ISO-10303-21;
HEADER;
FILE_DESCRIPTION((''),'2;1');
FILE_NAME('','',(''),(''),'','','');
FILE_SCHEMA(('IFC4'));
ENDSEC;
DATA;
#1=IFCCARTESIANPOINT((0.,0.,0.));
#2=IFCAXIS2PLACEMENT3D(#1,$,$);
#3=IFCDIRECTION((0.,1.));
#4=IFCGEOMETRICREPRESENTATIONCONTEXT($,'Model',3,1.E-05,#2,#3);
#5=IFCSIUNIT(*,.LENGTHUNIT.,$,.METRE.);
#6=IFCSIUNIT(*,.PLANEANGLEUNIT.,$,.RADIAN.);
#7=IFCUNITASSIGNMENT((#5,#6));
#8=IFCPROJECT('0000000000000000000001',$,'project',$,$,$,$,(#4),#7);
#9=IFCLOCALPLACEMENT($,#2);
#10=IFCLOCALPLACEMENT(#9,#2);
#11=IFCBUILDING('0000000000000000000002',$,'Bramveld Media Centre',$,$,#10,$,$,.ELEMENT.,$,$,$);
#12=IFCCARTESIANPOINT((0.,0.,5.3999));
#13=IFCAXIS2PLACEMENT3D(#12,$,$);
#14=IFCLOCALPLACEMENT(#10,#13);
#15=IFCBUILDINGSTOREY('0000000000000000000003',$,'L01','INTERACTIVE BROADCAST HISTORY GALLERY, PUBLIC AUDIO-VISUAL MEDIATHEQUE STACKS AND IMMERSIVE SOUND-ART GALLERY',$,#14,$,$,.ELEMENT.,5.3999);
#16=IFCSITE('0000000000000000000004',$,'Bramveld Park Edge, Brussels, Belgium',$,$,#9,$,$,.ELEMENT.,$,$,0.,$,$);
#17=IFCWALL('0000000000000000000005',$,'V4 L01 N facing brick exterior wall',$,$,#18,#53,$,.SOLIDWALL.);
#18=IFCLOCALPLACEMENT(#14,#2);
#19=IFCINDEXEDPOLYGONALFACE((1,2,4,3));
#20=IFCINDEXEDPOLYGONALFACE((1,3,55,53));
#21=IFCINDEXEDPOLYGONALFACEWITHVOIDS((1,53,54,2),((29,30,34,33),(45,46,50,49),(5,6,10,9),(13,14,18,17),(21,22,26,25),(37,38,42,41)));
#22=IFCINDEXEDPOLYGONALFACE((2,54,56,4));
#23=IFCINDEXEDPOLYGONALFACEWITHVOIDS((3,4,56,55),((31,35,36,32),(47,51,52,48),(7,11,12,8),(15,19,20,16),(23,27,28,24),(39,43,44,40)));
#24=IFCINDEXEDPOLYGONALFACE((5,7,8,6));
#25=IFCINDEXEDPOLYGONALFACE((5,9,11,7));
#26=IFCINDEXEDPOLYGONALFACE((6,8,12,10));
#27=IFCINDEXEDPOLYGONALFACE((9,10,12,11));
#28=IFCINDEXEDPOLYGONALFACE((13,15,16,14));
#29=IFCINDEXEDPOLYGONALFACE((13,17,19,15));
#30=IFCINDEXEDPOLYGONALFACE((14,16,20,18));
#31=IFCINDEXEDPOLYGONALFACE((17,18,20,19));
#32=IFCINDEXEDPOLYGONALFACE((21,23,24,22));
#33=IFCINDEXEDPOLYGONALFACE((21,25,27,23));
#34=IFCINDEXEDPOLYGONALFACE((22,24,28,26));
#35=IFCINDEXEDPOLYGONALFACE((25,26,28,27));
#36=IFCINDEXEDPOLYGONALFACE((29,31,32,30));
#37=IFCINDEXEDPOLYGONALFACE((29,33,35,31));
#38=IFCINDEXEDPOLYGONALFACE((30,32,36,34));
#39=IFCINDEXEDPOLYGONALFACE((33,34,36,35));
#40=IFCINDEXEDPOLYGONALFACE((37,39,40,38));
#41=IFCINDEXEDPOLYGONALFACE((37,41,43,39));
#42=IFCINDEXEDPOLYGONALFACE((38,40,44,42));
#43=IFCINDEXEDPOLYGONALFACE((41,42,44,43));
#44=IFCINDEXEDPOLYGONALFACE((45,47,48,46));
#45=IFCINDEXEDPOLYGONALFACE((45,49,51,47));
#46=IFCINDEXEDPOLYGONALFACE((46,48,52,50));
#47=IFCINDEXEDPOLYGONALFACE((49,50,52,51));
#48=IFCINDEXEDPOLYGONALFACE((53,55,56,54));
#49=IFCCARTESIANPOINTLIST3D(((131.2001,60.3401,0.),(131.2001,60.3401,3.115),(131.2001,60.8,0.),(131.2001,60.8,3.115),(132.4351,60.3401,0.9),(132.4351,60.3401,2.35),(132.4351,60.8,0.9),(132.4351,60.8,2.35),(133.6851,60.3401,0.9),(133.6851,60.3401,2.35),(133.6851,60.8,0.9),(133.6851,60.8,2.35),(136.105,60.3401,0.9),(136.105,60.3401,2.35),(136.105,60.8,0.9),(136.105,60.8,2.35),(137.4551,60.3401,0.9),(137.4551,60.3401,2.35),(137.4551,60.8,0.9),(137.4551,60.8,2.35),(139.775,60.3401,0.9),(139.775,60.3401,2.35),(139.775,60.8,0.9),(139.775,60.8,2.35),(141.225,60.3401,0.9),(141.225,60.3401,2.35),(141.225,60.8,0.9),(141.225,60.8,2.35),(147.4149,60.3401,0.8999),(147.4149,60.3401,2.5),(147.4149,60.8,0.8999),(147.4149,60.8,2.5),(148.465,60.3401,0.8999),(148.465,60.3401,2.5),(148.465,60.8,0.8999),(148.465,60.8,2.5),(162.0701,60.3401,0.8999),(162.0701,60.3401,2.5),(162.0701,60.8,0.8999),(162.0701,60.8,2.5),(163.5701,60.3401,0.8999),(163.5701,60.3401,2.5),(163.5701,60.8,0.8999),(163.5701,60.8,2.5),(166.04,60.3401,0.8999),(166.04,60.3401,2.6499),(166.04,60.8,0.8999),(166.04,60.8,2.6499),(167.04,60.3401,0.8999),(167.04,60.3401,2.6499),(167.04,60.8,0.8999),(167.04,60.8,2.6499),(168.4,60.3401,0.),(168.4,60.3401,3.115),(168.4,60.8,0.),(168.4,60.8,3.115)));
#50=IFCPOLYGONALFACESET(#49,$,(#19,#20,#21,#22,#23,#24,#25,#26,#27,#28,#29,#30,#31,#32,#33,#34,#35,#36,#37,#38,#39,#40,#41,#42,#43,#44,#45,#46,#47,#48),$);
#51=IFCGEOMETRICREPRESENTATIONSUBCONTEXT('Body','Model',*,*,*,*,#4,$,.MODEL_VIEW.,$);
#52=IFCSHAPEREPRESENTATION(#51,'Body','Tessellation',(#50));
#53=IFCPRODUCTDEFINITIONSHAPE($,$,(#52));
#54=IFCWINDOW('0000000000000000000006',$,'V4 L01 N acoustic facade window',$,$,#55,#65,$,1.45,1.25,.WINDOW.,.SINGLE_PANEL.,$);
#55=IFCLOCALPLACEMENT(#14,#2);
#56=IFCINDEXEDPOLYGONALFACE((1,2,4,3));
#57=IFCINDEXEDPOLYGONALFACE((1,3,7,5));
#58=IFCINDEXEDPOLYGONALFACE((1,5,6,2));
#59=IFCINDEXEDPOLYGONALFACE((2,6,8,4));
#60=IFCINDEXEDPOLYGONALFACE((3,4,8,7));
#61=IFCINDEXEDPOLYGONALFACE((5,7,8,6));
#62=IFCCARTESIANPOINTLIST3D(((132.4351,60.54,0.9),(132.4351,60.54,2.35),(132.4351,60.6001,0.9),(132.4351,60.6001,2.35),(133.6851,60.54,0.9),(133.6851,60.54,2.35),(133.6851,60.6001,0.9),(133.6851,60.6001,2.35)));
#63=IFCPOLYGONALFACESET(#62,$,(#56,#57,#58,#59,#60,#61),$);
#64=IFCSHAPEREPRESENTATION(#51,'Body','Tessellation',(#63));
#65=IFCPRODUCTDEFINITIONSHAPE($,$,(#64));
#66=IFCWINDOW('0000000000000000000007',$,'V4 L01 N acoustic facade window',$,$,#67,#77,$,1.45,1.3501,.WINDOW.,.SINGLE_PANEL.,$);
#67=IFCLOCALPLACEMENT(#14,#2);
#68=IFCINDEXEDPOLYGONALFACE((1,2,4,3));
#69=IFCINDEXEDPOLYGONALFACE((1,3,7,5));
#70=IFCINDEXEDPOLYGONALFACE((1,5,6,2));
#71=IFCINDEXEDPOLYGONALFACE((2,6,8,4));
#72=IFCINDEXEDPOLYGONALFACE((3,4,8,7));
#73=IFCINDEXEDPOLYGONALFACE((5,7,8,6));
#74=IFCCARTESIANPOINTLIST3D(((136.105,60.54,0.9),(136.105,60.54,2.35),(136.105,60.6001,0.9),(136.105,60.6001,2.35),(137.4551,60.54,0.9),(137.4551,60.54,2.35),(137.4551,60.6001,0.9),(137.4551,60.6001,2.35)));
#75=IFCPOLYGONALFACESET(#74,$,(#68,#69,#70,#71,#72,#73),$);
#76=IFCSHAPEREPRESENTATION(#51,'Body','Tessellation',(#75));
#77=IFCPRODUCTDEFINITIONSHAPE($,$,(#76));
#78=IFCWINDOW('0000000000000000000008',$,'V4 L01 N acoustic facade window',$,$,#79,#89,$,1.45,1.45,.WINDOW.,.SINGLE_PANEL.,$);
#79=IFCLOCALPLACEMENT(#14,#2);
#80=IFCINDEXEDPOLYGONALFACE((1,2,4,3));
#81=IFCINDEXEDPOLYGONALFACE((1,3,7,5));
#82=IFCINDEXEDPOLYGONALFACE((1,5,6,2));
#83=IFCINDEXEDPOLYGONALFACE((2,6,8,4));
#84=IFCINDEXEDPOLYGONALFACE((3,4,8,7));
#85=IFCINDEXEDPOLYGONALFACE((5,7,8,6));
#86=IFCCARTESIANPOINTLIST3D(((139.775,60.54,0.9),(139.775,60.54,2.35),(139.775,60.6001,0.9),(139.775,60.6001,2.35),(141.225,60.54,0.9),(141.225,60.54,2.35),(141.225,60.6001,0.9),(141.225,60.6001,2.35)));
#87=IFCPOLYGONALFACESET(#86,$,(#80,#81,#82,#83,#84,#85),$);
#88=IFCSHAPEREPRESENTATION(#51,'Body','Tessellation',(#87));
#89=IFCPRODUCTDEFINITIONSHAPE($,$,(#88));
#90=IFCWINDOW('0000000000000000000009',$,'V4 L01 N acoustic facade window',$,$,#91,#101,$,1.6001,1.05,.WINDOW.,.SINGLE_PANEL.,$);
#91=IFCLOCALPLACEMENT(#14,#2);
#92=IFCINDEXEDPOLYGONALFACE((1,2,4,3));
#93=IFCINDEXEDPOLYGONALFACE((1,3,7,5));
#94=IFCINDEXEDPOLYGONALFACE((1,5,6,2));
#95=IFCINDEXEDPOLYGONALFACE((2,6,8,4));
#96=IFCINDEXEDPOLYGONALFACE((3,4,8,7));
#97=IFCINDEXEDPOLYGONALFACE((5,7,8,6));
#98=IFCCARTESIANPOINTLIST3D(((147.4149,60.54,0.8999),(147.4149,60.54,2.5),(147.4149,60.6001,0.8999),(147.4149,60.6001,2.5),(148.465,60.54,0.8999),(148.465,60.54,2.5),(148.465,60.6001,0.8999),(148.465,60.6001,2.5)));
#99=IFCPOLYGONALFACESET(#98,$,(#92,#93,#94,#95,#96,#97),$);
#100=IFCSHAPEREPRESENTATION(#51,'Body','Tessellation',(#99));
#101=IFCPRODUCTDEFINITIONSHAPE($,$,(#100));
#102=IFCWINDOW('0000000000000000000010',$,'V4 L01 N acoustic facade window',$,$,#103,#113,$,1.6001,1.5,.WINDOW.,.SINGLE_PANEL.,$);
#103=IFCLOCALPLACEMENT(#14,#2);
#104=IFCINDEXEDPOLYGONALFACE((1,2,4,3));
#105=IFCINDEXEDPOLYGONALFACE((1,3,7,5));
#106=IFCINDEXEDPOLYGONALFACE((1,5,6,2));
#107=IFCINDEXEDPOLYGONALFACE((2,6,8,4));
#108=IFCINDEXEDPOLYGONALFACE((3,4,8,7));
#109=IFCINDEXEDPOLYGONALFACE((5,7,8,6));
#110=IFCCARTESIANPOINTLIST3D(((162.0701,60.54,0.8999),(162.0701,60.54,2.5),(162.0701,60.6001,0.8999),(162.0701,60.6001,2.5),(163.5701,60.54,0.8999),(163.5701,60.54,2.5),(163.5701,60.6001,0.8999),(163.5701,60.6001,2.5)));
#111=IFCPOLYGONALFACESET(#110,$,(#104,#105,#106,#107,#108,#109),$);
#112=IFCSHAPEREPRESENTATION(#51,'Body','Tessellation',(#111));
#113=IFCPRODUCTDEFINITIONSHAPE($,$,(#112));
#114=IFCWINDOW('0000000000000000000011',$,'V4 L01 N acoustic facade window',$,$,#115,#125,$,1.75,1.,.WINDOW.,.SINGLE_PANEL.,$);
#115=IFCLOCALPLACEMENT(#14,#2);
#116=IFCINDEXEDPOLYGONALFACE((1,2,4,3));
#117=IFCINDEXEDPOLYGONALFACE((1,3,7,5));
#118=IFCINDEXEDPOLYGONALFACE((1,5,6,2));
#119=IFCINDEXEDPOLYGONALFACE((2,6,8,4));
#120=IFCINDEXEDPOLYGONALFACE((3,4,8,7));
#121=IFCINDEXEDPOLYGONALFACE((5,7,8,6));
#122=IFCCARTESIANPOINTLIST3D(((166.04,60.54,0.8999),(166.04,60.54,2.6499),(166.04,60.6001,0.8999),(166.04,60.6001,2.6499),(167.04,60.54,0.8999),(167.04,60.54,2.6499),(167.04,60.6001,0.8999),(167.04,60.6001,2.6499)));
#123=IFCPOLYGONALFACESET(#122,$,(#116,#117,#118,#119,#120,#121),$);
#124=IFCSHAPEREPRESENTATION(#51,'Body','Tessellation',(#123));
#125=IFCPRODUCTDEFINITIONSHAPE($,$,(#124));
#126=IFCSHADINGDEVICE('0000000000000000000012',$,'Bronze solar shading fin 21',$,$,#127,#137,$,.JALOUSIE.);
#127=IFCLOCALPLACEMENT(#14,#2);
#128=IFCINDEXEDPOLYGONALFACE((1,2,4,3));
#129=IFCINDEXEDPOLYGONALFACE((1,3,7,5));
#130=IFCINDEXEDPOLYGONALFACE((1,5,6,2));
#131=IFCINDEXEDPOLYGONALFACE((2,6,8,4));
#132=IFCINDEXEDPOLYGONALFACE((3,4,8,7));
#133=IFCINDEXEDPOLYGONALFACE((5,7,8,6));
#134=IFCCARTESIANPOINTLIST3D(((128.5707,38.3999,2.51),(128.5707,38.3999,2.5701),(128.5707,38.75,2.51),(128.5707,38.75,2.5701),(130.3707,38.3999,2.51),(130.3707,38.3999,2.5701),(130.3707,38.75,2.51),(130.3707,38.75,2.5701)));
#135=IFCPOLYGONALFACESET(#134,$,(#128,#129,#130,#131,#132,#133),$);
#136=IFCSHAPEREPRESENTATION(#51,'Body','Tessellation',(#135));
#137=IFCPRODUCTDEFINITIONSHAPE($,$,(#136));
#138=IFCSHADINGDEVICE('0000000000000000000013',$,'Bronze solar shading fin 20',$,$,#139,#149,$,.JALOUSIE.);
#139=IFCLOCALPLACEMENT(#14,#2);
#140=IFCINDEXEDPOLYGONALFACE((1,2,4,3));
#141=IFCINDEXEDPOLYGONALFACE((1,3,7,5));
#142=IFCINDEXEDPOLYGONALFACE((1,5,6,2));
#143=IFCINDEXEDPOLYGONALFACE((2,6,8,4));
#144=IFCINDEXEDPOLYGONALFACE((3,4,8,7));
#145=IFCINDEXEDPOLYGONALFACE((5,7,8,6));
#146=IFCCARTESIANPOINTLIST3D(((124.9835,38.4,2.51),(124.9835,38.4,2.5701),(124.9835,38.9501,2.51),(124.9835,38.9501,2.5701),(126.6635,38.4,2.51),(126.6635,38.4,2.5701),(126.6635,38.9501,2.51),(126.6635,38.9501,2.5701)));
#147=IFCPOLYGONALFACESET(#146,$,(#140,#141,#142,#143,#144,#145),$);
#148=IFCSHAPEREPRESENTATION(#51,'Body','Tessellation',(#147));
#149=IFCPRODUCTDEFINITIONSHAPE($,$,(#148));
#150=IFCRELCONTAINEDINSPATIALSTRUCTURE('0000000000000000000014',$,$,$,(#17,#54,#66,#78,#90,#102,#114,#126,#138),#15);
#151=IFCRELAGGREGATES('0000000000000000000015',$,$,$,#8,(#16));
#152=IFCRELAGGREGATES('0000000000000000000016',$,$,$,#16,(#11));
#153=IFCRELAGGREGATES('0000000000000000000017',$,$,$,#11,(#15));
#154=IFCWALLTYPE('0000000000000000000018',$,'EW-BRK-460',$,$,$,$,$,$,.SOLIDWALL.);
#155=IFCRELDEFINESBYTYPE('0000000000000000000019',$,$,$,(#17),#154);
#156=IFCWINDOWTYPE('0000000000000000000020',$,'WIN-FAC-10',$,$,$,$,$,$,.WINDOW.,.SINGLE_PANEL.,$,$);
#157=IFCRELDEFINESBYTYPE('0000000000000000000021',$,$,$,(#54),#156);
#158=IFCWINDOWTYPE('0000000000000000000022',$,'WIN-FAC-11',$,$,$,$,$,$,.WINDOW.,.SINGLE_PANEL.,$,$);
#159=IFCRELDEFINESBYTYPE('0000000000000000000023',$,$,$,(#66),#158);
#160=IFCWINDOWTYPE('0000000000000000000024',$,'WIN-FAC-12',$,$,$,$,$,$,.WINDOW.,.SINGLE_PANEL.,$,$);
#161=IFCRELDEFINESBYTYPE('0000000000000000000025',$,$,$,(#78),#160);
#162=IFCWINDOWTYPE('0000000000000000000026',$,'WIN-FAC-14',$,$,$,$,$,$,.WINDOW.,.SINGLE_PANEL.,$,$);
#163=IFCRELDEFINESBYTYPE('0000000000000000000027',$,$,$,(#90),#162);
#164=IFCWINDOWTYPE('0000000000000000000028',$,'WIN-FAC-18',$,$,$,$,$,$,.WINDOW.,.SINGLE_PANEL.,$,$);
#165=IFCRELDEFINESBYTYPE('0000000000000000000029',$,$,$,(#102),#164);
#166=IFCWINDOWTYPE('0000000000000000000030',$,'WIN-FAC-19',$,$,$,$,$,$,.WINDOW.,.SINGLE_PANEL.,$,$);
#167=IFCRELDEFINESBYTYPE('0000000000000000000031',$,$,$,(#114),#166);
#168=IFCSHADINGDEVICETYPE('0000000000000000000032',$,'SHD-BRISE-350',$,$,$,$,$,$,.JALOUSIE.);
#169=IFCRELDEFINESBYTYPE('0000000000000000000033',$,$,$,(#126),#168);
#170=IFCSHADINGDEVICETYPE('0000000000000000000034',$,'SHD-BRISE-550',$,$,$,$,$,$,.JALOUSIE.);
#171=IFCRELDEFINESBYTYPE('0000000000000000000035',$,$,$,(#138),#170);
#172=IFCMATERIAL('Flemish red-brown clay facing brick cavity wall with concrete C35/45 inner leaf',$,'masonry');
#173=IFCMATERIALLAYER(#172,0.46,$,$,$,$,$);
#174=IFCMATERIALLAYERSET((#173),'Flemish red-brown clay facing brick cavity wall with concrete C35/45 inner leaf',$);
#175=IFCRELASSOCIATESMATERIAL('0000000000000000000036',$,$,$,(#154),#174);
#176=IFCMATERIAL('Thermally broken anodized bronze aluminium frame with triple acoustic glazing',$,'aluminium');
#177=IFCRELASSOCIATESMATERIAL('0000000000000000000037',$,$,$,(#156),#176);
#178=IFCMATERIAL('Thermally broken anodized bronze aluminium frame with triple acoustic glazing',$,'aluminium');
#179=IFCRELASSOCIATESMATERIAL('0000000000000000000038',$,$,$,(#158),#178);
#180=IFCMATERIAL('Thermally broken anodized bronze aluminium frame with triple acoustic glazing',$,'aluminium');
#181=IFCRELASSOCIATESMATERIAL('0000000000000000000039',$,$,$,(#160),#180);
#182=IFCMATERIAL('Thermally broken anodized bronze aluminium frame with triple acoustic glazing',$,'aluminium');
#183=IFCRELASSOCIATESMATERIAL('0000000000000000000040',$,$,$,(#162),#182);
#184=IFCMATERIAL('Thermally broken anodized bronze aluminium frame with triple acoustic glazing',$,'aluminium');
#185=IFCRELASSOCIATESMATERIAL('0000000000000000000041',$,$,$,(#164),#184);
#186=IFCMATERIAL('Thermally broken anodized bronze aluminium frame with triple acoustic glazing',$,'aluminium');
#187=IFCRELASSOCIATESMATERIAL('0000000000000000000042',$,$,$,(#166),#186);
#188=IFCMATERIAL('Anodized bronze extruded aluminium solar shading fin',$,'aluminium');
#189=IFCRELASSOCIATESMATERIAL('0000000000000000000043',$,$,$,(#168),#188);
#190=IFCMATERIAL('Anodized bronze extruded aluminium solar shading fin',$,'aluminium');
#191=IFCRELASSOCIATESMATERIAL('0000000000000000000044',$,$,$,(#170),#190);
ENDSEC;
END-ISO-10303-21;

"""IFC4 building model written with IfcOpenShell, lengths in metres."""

from ifc_helpers import new_model, si_unit, direction, frame, frame_2d, origin, origin_2d, place, context, subcontext, project, spatial, rectangle, extrude, material, layer, layer_set, type_object, element, fill, save


model = new_model("IFC4")

# Units and contexts
model_context = context("Model", 3, precision=1e-05, world=origin(), true_north=direction((0.0, 1.0)))
body_context = subcontext(model_context, "Body", "Model", "MODEL_VIEW")
ifc_project = project(units=[si_unit("LENGTHUNIT", "METRE"), si_unit("PLANEANGLEUNIT", "RADIAN")], contexts=[model_context])

# Site, building, storey
site_placement = place(None, origin())
site = spatial("IfcSite", under=ifc_project, at=site_placement, Name="Bramveld Park Edge, Brussels, Belgium", CompositionType="ELEMENT", RefElevation=0.0)
building_placement = place(site_placement, origin())
building = spatial("IfcBuilding", under=site, at=building_placement, Name="Bramveld Media Centre", CompositionType="ELEMENT")
storey_placement = place(building_placement, frame((0.0, 0.0, 5.3999)))
storey = spatial("IfcBuildingStorey", under=building, at=storey_placement, Name="L01", Description="INTERACTIVE BROADCAST HISTORY GALLERY, PUBLIC AUDIO-VISUAL MEDIATHEQUE STACKS AND IMMERSIVE SOUND-ART GALLERY", CompositionType="ELEMENT", Elevation=5.3999)

# Wall, openings, windows
ifc_material_1 = material(Name="Flemish red-brown clay facing brick cavity wall with concrete C35/45 inner leaf", Category="masonry")
ifc_layer_1 = layer(ifc_material_1, 0.46)
ifc_layer_set_1 = layer_set([ifc_layer_1], Name="Flemish red-brown clay facing brick cavity wall with concrete C35/45 inner leaf")
wall_type_1 = type_object("IfcWallType", Name="EW-BRK-460", PredefinedType="SOLIDWALL", material=ifc_layer_set_1)
wall_1_placement = place(storey_placement, frame((131.2, 60.5701, 0.0), z_axis=(0.0, 0.0, 1.0), x_axis=(1.0, 0.0, 0.0)))
wall_1 = element("IfcWall", 1, at=wall_1_placement, inside=storey, type_object=wall_type_1, Name="V4 L01 N facing brick exterior wall", PredefinedType="SOLIDWALL", context=body_context, shape_type="SweptSolid", body=[
    extrude(rectangle(XDim=37.2, YDim=0.46, at=frame_2d((18.6001, 0.0))), origin(), (0.0, 0.0, 1.0), 3.115),
])
opening_1_placement = place(wall_1_placement, frame((1.2351, 0.0, 0.8999)))
opening_1 = element("IfcOpeningElement", 2, at=opening_1_placement, cuts=wall_1, PredefinedType="OPENING", context=body_context, shape_type="SweptSolid", body=[
    extrude(rectangle(XDim=1.25, YDim=1.45, at=frame_2d((0.625, 0.7251))), frame((0.0, 0.2419, 0.0), z_axis=(0.0, -1.0, 0.0), x_axis=(1.0, 0.0, 0.0)), (0.0, 0.0, 1.0), 0.4839),
])
opening_2_placement = place(wall_1_placement, frame((4.905, 0.0, 0.8999)))
opening_2 = element("IfcOpeningElement", 3, at=opening_2_placement, cuts=wall_1, PredefinedType="OPENING", context=body_context, shape_type="SweptSolid", body=[
    extrude(rectangle(XDim=1.3501, YDim=1.45, at=frame_2d((0.675, 0.7251))), frame((0.0, 0.2419, 0.0), z_axis=(0.0, -1.0, 0.0), x_axis=(1.0, 0.0, 0.0)), (0.0, 0.0, 1.0), 0.4839),
])
opening_3_placement = place(wall_1_placement, frame((8.575, 0.0, 0.8999)))
opening_3 = element("IfcOpeningElement", 4, at=opening_3_placement, cuts=wall_1, PredefinedType="OPENING", context=body_context, shape_type="SweptSolid", body=[
    extrude(rectangle(XDim=1.45, YDim=1.45, at=frame_2d((0.7251, 0.7251))), frame((0.0, 0.2419, 0.0), z_axis=(0.0, -1.0, 0.0), x_axis=(1.0, 0.0, 0.0)), (0.0, 0.0, 1.0), 0.4839),
])
opening_4_placement = place(wall_1_placement, frame((16.2151, 0.0, 0.8999)))
opening_4 = element("IfcOpeningElement", 5, at=opening_4_placement, cuts=wall_1, PredefinedType="OPENING", context=body_context, shape_type="SweptSolid", body=[
    extrude(rectangle(XDim=1.05, YDim=1.6001, at=frame_2d((0.5249, 0.8))), frame((0.0, 0.2419, 0.0), z_axis=(0.0, -1.0, 0.0), x_axis=(1.0, 0.0, 0.0)), (0.0, 0.0, 1.0), 0.4839),
])
opening_5_placement = place(wall_1_placement, frame((30.8701, 0.0, 0.8999)))
opening_5 = element("IfcOpeningElement", 6, at=opening_5_placement, cuts=wall_1, PredefinedType="OPENING", context=body_context, shape_type="SweptSolid", body=[
    extrude(rectangle(XDim=1.5, YDim=1.6001, at=frame_2d((0.75, 0.8))), frame((0.0, 0.2419, 0.0), z_axis=(0.0, -1.0, 0.0), x_axis=(1.0, 0.0, 0.0)), (0.0, 0.0, 1.0), 0.4839),
])
opening_6_placement = place(wall_1_placement, frame((34.8401, 0.0, 0.8999)))
opening_6 = element("IfcOpeningElement", 7, at=opening_6_placement, cuts=wall_1, PredefinedType="OPENING", context=body_context, shape_type="SweptSolid", body=[
    extrude(rectangle(XDim=1.0, YDim=1.75, at=frame_2d((0.5, 0.875))), frame((0.0, 0.2419, 0.0), z_axis=(0.0, -1.0, 0.0), x_axis=(1.0, 0.0, 0.0)), (0.0, 0.0, 1.0), 0.4839),
])
ifc_material_2 = material(Name="Thermally broken anodized bronze aluminium frame with triple acoustic glazing", Category="aluminium")
window_type_1 = type_object("IfcWindowType", Name="WIN-FAC-10", PartitioningType="SINGLE_PANEL", PredefinedType="WINDOW", material=ifc_material_2)
window_1_placement = place(opening_1_placement, origin())
window_1 = element("IfcWindow", 8, at=window_1_placement, inside=storey, type_object=window_type_1, Name="V4 L01 N acoustic facade window", OverallHeight=1.45, OverallWidth=1.25, PartitioningType="SINGLE_PANEL", PredefinedType="WINDOW", context=body_context, shape_type="SweptSolid", body=[
    extrude(rectangle(XDim=1.25, YDim=1.45, at=frame_2d((0.625, 0.7251))), frame((0.0, 0.03, 0.0), z_axis=(0.0, -1.0, 0.0), x_axis=(1.0, 0.0, 0.0)), (0.0, 0.0, 1.0), 0.0601),
])
fill(opening_1, window_1)
ifc_material_3 = material(Name="Thermally broken anodized bronze aluminium frame with triple acoustic glazing", Category="aluminium")
window_type_2 = type_object("IfcWindowType", Name="WIN-FAC-11", PartitioningType="SINGLE_PANEL", PredefinedType="WINDOW", material=ifc_material_3)
window_2_placement = place(opening_2_placement, origin())
window_2 = element("IfcWindow", 9, at=window_2_placement, inside=storey, type_object=window_type_2, Name="V4 L01 N acoustic facade window", OverallHeight=1.45, OverallWidth=1.3501, PartitioningType="SINGLE_PANEL", PredefinedType="WINDOW", context=body_context, shape_type="SweptSolid", body=[
    extrude(rectangle(XDim=1.3501, YDim=1.45, at=frame_2d((0.675, 0.7251))), frame((0.0, 0.03, 0.0), z_axis=(0.0, -1.0, 0.0), x_axis=(1.0, 0.0, 0.0)), (0.0, 0.0, 1.0), 0.0601),
])
fill(opening_2, window_2)
ifc_material_4 = material(Name="Thermally broken anodized bronze aluminium frame with triple acoustic glazing", Category="aluminium")
window_type_3 = type_object("IfcWindowType", Name="WIN-FAC-12", PartitioningType="SINGLE_PANEL", PredefinedType="WINDOW", material=ifc_material_4)
window_3_placement = place(opening_3_placement, origin())
window_3 = element("IfcWindow", 10, at=window_3_placement, inside=storey, type_object=window_type_3, Name="V4 L01 N acoustic facade window", OverallHeight=1.45, OverallWidth=1.45, PartitioningType="SINGLE_PANEL", PredefinedType="WINDOW", context=body_context, shape_type="SweptSolid", body=[
    extrude(rectangle(XDim=1.45, YDim=1.45, at=frame_2d((0.7251, 0.7251))), frame((0.0, 0.03, 0.0), z_axis=(0.0, -1.0, 0.0), x_axis=(1.0, 0.0, 0.0)), (0.0, 0.0, 1.0), 0.0601),
])
fill(opening_3, window_3)
ifc_material_5 = material(Name="Thermally broken anodized bronze aluminium frame with triple acoustic glazing", Category="aluminium")
window_type_4 = type_object("IfcWindowType", Name="WIN-FAC-14", PartitioningType="SINGLE_PANEL", PredefinedType="WINDOW", material=ifc_material_5)
window_4_placement = place(opening_4_placement, origin())
window_4 = element("IfcWindow", 11, at=window_4_placement, inside=storey, type_object=window_type_4, Name="V4 L01 N acoustic facade window", OverallHeight=1.6001, OverallWidth=1.05, PartitioningType="SINGLE_PANEL", PredefinedType="WINDOW", context=body_context, shape_type="SweptSolid", body=[
    extrude(rectangle(XDim=1.05, YDim=1.6001, at=frame_2d((0.5249, 0.8))), frame((0.0, 0.03, 0.0), z_axis=(0.0, -1.0, 0.0), x_axis=(1.0, 0.0, 0.0)), (0.0, 0.0, 1.0), 0.0601),
])
fill(opening_4, window_4)
ifc_material_6 = material(Name="Thermally broken anodized bronze aluminium frame with triple acoustic glazing", Category="aluminium")
window_type_5 = type_object("IfcWindowType", Name="WIN-FAC-18", PartitioningType="SINGLE_PANEL", PredefinedType="WINDOW", material=ifc_material_6)
window_5_placement = place(opening_5_placement, origin())
window_5 = element("IfcWindow", 12, at=window_5_placement, inside=storey, type_object=window_type_5, Name="V4 L01 N acoustic facade window", OverallHeight=1.6001, OverallWidth=1.5, PartitioningType="SINGLE_PANEL", PredefinedType="WINDOW", context=body_context, shape_type="SweptSolid", body=[
    extrude(rectangle(XDim=1.5, YDim=1.6001, at=frame_2d((0.75, 0.8))), frame((0.0, 0.03, 0.0), z_axis=(0.0, -1.0, 0.0), x_axis=(1.0, 0.0, 0.0)), (0.0, 0.0, 1.0), 0.0601),
])
fill(opening_5, window_5)
ifc_material_7 = material(Name="Thermally broken anodized bronze aluminium frame with triple acoustic glazing", Category="aluminium")
window_type_6 = type_object("IfcWindowType", Name="WIN-FAC-19", PartitioningType="SINGLE_PANEL", PredefinedType="WINDOW", material=ifc_material_7)
window_6_placement = place(opening_6_placement, origin())
window_6 = element("IfcWindow", 13, at=window_6_placement, inside=storey, type_object=window_type_6, Name="V4 L01 N acoustic facade window", OverallHeight=1.75, OverallWidth=1.0, PartitioningType="SINGLE_PANEL", PredefinedType="WINDOW", context=body_context, shape_type="SweptSolid", body=[
    extrude(rectangle(XDim=1.0, YDim=1.75, at=frame_2d((0.5, 0.875))), frame((0.0, 0.03, 0.0), z_axis=(0.0, -1.0, 0.0), x_axis=(1.0, 0.0, 0.0)), (0.0, 0.0, 1.0), 0.0601),
])
fill(opening_6, window_6)

# Shading devices
ifc_material_8 = material(Name="Anodized bronze extruded aluminium solar shading fin", Category="aluminium")
shading_device_type_1 = type_object("IfcShadingDeviceType", Name="SHD-BRISE-350", PredefinedType="JALOUSIE", material=ifc_material_8)
shading_device_1_placement = place(storey_placement, frame((129.4707, 38.575, 2.51), z_axis=(0.0, 0.0, 1.0), x_axis=(1.0, 0.0, 0.0)))
element("IfcShadingDevice", 14, at=shading_device_1_placement, inside=storey, type_object=shading_device_type_1, Name="Bronze solar shading fin 21", PredefinedType="JALOUSIE", context=body_context, shape_type="SweptSolid", body=[
    extrude(rectangle(XDim=1.8, YDim=0.3501, at=origin_2d()), origin(), (0.0, 0.0, 1.0), 0.0601),
])
ifc_material_9 = material(Name="Anodized bronze extruded aluminium solar shading fin", Category="aluminium")
shading_device_type_2 = type_object("IfcShadingDeviceType", Name="SHD-BRISE-550", PredefinedType="JALOUSIE", material=ifc_material_9)
shading_device_2_placement = place(storey_placement, frame((125.8235, 38.675, 2.51), z_axis=(0.0, 0.0, 1.0), x_axis=(1.0, 0.0, 0.0)))
element("IfcShadingDevice", 15, at=shading_device_2_placement, inside=storey, type_object=shading_device_type_2, Name="Bronze solar shading fin 20", PredefinedType="JALOUSIE", context=body_context, shape_type="SweptSolid", body=[
    extrude(rectangle(XDim=1.6799, YDim=0.55, at=origin_2d()), origin(), (0.0, 0.0, 1.0), 0.0601),
])

save(model, "model.ifc")
